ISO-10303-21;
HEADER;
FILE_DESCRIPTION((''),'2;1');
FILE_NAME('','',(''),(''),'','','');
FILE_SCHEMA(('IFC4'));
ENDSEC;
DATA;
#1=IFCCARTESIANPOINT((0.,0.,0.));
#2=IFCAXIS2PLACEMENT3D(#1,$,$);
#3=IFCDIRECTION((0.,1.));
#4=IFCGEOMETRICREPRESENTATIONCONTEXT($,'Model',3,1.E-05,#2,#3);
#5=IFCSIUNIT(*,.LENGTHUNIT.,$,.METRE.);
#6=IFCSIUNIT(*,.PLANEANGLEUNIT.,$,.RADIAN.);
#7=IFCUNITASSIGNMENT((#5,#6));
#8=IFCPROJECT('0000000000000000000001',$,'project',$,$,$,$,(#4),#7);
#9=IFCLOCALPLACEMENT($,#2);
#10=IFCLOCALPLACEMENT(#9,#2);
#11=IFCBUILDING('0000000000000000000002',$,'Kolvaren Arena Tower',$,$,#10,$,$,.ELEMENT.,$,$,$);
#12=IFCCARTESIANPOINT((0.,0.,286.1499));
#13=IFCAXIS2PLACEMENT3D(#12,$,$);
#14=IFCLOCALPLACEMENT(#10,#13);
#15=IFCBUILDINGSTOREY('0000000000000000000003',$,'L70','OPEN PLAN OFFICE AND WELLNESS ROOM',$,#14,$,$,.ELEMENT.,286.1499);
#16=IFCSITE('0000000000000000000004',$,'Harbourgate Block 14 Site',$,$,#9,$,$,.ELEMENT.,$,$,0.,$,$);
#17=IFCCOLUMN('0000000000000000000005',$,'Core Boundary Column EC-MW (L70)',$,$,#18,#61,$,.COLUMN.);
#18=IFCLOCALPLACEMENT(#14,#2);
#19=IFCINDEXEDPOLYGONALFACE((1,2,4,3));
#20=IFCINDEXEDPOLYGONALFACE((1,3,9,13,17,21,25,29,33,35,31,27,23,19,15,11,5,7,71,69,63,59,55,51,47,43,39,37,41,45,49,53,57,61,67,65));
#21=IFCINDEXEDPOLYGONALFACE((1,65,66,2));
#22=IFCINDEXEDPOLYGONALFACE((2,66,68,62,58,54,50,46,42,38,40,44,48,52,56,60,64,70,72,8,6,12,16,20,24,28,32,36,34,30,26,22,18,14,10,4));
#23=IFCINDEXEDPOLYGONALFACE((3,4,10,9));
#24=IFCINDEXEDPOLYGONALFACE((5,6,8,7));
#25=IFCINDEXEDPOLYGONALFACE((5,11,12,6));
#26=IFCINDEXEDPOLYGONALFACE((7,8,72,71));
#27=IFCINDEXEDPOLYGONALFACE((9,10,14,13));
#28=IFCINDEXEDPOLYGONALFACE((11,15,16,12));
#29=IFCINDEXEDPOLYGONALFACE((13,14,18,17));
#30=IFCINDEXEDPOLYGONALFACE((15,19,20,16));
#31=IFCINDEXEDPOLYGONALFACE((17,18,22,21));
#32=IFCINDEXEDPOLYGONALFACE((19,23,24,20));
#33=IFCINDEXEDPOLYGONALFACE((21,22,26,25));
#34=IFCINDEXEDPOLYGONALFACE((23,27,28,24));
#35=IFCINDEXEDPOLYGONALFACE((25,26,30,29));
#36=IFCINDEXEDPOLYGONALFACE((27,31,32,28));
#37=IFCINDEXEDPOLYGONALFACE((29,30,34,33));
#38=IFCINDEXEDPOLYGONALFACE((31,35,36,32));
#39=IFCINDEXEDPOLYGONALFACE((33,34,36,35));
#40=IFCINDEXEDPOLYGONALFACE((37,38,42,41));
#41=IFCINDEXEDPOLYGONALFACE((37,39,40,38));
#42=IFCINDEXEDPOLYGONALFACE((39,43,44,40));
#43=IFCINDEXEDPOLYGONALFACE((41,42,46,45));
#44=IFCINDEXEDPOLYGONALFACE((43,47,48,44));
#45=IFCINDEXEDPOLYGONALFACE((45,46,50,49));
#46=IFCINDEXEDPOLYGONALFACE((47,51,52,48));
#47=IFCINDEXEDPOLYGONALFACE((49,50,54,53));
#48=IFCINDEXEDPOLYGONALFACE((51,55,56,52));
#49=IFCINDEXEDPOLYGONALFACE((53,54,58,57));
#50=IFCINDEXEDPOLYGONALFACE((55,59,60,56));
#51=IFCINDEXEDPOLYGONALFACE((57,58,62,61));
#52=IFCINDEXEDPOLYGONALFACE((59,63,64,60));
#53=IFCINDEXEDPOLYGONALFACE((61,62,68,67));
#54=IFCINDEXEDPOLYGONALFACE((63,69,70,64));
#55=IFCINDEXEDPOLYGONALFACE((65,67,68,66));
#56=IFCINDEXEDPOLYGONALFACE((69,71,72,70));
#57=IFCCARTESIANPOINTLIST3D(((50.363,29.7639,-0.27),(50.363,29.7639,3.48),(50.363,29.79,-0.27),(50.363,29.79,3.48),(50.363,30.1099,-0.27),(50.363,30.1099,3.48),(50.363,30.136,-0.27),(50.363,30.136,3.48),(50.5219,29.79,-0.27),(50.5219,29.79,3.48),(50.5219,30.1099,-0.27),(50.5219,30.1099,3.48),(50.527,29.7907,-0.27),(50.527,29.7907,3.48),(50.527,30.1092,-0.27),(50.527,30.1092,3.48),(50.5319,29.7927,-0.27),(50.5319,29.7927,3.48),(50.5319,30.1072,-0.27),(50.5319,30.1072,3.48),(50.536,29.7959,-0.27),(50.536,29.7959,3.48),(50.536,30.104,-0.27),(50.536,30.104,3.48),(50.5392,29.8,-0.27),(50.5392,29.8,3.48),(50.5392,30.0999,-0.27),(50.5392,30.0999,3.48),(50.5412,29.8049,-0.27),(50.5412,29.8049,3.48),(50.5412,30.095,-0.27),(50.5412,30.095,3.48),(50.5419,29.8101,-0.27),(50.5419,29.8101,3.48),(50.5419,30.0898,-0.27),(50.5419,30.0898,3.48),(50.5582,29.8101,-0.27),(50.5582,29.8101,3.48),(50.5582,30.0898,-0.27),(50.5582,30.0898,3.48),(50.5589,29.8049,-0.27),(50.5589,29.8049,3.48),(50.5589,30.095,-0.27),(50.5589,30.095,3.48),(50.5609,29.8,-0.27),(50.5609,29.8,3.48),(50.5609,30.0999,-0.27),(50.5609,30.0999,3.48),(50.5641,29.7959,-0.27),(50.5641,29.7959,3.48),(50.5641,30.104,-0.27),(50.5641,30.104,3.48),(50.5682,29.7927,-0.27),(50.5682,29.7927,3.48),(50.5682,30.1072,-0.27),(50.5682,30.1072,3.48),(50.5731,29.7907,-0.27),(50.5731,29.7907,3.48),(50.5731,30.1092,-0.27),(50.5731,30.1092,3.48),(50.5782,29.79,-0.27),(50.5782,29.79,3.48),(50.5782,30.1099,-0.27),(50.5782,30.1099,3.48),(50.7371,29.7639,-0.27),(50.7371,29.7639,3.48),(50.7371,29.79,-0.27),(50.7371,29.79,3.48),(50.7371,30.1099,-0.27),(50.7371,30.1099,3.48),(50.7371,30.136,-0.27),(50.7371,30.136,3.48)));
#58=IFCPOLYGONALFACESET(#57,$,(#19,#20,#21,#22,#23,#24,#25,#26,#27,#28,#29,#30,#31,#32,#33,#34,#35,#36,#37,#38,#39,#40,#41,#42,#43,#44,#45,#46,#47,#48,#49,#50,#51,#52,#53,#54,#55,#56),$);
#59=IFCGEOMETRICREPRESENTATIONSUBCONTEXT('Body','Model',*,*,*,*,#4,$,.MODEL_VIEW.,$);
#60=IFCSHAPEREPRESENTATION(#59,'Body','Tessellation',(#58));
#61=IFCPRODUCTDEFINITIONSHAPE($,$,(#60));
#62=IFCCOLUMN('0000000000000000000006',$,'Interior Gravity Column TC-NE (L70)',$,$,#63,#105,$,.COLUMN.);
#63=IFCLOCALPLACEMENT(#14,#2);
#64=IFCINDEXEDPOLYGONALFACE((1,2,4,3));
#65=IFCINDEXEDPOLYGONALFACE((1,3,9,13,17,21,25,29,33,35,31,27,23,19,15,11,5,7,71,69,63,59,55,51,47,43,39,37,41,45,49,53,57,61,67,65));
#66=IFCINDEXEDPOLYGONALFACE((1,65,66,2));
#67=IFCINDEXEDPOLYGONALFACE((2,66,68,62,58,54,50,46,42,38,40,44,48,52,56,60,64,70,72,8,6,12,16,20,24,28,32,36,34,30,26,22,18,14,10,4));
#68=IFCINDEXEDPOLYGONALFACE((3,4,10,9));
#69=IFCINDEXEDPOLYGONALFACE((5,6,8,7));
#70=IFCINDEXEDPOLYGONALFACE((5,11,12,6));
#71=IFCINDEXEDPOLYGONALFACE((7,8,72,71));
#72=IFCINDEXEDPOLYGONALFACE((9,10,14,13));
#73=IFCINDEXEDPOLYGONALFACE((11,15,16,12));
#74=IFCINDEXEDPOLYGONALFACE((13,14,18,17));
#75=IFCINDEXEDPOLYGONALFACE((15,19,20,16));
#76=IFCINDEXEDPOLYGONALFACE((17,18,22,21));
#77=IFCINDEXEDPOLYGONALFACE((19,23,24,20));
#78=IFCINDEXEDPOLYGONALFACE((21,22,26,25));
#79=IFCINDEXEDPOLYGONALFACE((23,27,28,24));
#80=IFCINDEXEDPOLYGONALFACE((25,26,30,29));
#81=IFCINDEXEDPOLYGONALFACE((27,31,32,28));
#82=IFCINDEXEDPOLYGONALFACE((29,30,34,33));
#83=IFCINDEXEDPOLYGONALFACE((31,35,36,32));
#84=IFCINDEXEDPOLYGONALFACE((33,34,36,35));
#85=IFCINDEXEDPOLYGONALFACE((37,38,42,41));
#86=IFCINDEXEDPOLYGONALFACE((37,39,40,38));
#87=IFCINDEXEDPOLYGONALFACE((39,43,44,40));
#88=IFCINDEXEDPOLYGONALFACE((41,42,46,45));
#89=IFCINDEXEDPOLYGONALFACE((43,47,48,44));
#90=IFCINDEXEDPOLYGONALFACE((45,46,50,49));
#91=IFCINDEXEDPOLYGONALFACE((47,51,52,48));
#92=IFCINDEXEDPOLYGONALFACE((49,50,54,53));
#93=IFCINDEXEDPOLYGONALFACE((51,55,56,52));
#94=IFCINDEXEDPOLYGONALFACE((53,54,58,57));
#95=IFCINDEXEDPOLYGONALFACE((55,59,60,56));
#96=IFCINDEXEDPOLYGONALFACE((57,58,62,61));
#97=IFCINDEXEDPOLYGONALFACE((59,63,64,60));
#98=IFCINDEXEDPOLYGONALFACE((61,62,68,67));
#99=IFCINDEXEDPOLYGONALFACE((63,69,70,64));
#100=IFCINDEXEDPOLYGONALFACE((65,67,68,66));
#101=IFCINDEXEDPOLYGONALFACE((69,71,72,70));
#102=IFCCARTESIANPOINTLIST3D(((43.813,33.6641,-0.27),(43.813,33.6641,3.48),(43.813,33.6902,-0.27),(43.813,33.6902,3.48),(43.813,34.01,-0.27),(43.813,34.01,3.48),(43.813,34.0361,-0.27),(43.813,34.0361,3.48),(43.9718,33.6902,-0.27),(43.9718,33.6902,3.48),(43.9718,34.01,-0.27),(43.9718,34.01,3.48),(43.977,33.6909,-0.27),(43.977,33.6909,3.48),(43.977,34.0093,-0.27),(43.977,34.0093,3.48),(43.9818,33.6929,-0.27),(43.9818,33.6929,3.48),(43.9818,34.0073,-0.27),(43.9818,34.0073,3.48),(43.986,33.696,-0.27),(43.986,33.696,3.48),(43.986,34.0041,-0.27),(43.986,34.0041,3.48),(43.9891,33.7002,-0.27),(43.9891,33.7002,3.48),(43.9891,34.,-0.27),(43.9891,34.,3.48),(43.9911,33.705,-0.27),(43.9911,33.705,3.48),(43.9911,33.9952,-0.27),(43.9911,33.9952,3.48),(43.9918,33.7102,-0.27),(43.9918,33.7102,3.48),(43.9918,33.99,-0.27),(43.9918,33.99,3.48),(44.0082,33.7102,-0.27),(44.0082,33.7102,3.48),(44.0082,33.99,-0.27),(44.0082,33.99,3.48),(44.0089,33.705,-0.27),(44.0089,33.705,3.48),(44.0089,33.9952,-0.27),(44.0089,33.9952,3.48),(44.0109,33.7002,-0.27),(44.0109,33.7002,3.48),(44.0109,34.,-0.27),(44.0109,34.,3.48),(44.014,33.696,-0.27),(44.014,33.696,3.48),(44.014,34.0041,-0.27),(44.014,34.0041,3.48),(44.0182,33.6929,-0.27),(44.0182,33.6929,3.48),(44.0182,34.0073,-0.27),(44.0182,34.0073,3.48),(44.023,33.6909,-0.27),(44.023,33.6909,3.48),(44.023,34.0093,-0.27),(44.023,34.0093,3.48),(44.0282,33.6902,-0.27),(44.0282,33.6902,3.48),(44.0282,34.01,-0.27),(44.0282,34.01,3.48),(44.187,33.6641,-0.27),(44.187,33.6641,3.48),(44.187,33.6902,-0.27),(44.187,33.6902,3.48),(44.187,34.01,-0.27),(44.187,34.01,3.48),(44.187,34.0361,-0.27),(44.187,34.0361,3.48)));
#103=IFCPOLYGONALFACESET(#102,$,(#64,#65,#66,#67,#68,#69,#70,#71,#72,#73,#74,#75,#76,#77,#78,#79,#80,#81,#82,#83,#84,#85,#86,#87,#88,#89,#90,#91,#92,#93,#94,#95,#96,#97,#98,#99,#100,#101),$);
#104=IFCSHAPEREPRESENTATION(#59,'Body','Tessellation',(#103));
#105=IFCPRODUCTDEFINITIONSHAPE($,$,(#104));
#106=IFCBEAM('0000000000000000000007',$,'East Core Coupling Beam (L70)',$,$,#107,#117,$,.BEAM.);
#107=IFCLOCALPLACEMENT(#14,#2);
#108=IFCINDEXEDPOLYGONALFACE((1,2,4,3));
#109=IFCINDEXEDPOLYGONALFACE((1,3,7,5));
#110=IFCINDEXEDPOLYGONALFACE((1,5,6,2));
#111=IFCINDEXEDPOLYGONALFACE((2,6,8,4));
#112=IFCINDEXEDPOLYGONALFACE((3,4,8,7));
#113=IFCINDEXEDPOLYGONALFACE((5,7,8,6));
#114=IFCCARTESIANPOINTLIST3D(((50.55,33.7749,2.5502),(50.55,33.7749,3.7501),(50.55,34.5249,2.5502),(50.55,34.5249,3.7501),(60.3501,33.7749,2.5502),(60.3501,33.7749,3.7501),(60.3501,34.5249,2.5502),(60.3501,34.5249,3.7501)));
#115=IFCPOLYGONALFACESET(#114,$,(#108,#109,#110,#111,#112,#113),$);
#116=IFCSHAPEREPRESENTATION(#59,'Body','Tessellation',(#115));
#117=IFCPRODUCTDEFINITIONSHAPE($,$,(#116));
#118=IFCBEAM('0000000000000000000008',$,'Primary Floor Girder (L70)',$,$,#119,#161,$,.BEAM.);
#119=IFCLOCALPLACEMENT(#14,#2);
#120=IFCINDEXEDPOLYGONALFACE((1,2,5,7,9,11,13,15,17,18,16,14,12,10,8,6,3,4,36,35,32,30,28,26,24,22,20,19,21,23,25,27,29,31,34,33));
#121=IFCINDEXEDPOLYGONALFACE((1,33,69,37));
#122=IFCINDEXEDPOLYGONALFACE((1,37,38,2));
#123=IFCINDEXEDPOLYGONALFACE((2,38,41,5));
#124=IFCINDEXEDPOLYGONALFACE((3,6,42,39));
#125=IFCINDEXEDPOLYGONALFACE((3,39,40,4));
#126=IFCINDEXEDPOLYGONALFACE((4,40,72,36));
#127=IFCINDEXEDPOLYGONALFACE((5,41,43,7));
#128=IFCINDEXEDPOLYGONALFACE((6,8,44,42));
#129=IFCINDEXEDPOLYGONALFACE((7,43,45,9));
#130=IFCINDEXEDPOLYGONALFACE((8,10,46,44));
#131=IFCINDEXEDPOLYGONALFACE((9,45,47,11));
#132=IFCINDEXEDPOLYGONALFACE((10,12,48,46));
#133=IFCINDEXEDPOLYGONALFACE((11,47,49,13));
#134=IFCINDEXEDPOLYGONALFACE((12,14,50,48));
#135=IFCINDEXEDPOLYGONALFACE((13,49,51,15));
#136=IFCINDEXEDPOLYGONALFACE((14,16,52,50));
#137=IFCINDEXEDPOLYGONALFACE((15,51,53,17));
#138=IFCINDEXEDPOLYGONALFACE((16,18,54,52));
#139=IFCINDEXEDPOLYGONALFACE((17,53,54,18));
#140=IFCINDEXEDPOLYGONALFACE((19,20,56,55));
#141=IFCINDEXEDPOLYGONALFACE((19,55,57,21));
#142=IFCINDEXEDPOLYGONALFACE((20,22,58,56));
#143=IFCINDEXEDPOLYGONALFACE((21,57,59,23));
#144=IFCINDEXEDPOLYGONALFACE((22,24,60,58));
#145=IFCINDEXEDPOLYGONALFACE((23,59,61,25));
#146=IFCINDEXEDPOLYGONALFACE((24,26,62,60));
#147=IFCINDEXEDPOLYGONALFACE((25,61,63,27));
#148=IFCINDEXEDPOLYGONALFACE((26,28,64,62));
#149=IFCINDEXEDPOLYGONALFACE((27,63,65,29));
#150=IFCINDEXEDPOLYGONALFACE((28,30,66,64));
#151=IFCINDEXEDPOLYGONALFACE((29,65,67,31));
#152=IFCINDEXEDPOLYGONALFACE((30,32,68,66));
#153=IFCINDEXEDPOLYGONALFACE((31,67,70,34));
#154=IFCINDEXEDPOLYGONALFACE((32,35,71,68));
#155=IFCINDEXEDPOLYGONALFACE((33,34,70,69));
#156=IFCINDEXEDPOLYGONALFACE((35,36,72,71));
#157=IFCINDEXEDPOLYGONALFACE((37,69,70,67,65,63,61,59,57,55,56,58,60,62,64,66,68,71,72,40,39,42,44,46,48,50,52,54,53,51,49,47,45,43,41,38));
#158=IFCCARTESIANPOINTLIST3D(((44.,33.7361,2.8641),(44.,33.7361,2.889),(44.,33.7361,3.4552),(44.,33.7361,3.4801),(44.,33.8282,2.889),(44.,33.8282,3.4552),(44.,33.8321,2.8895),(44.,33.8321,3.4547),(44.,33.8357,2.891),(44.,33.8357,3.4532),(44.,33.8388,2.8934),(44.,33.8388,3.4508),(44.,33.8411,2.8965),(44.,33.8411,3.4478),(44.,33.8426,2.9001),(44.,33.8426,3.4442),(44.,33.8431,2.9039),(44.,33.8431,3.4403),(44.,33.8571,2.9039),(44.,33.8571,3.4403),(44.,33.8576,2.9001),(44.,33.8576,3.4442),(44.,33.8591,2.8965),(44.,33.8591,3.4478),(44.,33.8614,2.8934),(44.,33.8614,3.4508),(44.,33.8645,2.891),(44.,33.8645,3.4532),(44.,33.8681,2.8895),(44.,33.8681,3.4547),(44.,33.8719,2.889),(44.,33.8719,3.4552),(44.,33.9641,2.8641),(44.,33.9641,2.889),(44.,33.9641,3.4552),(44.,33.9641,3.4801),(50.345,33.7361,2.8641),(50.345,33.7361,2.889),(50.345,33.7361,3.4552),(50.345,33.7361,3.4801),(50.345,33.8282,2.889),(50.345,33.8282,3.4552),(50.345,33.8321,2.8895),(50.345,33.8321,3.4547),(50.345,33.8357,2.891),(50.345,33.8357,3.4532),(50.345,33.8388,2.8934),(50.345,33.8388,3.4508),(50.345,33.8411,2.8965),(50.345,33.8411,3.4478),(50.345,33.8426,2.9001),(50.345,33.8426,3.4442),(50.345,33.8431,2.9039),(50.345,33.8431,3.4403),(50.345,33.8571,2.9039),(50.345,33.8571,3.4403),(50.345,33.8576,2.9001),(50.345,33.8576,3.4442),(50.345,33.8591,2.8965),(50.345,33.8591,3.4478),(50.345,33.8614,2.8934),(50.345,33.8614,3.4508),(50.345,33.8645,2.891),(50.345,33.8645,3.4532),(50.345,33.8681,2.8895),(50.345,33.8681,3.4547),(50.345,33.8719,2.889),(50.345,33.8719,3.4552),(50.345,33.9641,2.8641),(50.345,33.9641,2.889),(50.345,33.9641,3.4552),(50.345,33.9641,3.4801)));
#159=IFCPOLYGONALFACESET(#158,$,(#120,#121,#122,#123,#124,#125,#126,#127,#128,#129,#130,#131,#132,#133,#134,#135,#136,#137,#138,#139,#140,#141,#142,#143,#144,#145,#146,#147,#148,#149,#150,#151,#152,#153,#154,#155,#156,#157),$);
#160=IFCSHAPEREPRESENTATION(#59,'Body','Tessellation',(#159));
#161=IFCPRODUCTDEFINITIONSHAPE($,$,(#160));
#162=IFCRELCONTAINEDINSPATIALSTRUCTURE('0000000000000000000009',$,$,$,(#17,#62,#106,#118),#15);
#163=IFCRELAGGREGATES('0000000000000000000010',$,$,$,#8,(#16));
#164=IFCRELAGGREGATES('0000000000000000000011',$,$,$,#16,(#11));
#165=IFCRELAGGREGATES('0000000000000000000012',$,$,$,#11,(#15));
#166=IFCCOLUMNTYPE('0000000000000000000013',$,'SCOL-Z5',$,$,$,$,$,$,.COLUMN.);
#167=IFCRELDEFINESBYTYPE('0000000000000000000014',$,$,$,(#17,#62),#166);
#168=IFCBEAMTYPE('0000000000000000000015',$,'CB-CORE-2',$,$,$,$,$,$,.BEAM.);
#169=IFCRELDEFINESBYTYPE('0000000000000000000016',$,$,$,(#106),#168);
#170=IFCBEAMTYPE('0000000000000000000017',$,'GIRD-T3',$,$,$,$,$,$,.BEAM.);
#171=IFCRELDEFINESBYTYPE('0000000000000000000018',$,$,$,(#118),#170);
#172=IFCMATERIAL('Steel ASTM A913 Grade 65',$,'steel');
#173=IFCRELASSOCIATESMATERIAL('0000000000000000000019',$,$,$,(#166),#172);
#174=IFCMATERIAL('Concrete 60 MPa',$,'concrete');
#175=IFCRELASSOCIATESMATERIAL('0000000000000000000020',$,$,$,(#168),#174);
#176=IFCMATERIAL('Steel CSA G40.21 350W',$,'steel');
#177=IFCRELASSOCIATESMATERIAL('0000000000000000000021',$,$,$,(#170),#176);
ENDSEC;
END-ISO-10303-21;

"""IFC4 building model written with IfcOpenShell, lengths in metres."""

from ifc_helpers import new_model, si_unit, direction, frame, origin, origin_2d, place, context, subcontext, project, spatial, rectangle, i_section, extrude, material, material_profile, profile_set, type_object, element, save


model = new_model("IFC4")

# Units and contexts
model_context = context("Model", 3, precision=1e-05, world=origin(), true_north=direction((0.0, 1.0)))
body_context = subcontext(model_context, "Body", "Model", "MODEL_VIEW")
ifc_project = project(units=[si_unit("LENGTHUNIT", "METRE"), si_unit("PLANEANGLEUNIT", "RADIAN")], contexts=[model_context])

# Site, building, storey
site_placement = place(None, origin())
site = spatial("IfcSite", under=ifc_project, at=site_placement, Name="Harbourgate Block 14 Site", CompositionType="ELEMENT", RefElevation=0.0)
building_placement = place(site_placement, origin())
building = spatial("IfcBuilding", under=site, at=building_placement, Name="Kolvaren Arena Tower", CompositionType="ELEMENT")
storey_placement = place(building_placement, frame((0.0, 0.0, 286.1499)))
storey = spatial("IfcBuildingStorey", under=building, at=storey_placement, Name="L70", Description="OPEN PLAN OFFICE AND WELLNESS ROOM", CompositionType="ELEMENT", Elevation=286.1499)

# Columns
ifc_material_1 = material(Name="Steel ASTM A913 Grade 65", Category="steel")
ifc_material_profile_1 = material_profile(ifc_material_1, i_section(OverallWidth=0.374, OverallDepth=0.3721, WebThickness=0.0164, FlangeThickness=0.0261, FilletRadius=0.02, at=origin_2d()), Name="W360x196")
ifc_profile_set_1 = profile_set([ifc_material_profile_1], Name="Steel ASTM A913 Grade 65")
column_type = type_object("IfcColumnType", Name="SCOL-Z5", PredefinedType="COLUMN", material=ifc_profile_set_1)
for number, where, z_axis, x_axis, name in (
    (1, (50.55, 29.95, -0.27), (0.0, 0.0, 1.0), (1.0, 0.0, 0.0), "Core Boundary Column EC-MW (L70)"),
    (2, (44.0, 33.8501, -0.27), (0.0, 0.0, 1.0), (1.0, 0.0, 0.0), "Interior Gravity Column TC-NE (L70)"),
):
    element("IfcColumn", number, at=place(storey_placement, frame(where, z_axis=z_axis, x_axis=x_axis)), inside=storey, type_object=column_type, Name=name, PredefinedType="COLUMN", context=body_context, shape_type="SweptSolid", body=[
        extrude(i_section(OverallWidth=0.374, OverallDepth=0.3721, WebThickness=0.0164, FlangeThickness=0.0261, FilletRadius=0.02, at=origin_2d()), origin(), (0.0, 0.0, 1.0), 3.75),
    ])

# Beams
ifc_material_2 = material(Name="Concrete 60 MPa", Category="concrete")
ifc_material_profile_2 = material_profile(ifc_material_2, rectangle(XDim=0.75, YDim=1.2, at=origin_2d()), Name="RC-750x1200")
ifc_profile_set_2 = profile_set([ifc_material_profile_2], Name="Concrete 60 MPa")
beam_type_1 = type_object("IfcBeamType", Name="CB-CORE-2", PredefinedType="BEAM", material=ifc_profile_set_2)
beam_1_placement = place(storey_placement, frame((50.55, 34.1499, 3.1501), z_axis=(1.0, 0.0, 0.0), x_axis=(0.0, 1.0, 0.0)))
element("IfcBeam", 3, at=beam_1_placement, inside=storey, type_object=beam_type_1, Name="East Core Coupling Beam (L70)", PredefinedType="BEAM", context=body_context, shape_type="SweptSolid", body=[
    extrude(rectangle(XDim=0.75, YDim=1.2, at=origin_2d()), origin(), (0.0, 0.0, 1.0), 9.8),
])
ifc_material_3 = material(Name="Steel CSA G40.21 350W", Category="steel")
ifc_material_profile_3 = material_profile(ifc_material_3, i_section(OverallWidth=0.228, OverallDepth=0.616, WebThickness=0.0139, FlangeThickness=0.0249, FilletRadius=0.0149, at=origin_2d()), Name="W610x174")
ifc_profile_set_3 = profile_set([ifc_material_profile_3], Name="Steel CSA G40.21 350W")
beam_type_2 = type_object("IfcBeamType", Name="GIRD-T3", PredefinedType="BEAM", material=ifc_profile_set_3)
beam_2_placement = place(storey_placement, frame((44.0, 33.8501, 3.1721), z_axis=(1.0, 0.0, 0.0), x_axis=(0.0, 1.0, 0.0)))
element("IfcBeam", 4, at=beam_2_placement, inside=storey, type_object=beam_type_2, Name="Primary Floor Girder (L70)", PredefinedType="BEAM", context=body_context, shape_type="SweptSolid", body=[
    extrude(i_section(OverallWidth=0.228, OverallDepth=0.616, WebThickness=0.0139, FlangeThickness=0.0249, FilletRadius=0.0149, at=origin_2d()), origin(), (0.0, 0.0, 1.0), 6.345),
])

save(model, "model.ifc")
